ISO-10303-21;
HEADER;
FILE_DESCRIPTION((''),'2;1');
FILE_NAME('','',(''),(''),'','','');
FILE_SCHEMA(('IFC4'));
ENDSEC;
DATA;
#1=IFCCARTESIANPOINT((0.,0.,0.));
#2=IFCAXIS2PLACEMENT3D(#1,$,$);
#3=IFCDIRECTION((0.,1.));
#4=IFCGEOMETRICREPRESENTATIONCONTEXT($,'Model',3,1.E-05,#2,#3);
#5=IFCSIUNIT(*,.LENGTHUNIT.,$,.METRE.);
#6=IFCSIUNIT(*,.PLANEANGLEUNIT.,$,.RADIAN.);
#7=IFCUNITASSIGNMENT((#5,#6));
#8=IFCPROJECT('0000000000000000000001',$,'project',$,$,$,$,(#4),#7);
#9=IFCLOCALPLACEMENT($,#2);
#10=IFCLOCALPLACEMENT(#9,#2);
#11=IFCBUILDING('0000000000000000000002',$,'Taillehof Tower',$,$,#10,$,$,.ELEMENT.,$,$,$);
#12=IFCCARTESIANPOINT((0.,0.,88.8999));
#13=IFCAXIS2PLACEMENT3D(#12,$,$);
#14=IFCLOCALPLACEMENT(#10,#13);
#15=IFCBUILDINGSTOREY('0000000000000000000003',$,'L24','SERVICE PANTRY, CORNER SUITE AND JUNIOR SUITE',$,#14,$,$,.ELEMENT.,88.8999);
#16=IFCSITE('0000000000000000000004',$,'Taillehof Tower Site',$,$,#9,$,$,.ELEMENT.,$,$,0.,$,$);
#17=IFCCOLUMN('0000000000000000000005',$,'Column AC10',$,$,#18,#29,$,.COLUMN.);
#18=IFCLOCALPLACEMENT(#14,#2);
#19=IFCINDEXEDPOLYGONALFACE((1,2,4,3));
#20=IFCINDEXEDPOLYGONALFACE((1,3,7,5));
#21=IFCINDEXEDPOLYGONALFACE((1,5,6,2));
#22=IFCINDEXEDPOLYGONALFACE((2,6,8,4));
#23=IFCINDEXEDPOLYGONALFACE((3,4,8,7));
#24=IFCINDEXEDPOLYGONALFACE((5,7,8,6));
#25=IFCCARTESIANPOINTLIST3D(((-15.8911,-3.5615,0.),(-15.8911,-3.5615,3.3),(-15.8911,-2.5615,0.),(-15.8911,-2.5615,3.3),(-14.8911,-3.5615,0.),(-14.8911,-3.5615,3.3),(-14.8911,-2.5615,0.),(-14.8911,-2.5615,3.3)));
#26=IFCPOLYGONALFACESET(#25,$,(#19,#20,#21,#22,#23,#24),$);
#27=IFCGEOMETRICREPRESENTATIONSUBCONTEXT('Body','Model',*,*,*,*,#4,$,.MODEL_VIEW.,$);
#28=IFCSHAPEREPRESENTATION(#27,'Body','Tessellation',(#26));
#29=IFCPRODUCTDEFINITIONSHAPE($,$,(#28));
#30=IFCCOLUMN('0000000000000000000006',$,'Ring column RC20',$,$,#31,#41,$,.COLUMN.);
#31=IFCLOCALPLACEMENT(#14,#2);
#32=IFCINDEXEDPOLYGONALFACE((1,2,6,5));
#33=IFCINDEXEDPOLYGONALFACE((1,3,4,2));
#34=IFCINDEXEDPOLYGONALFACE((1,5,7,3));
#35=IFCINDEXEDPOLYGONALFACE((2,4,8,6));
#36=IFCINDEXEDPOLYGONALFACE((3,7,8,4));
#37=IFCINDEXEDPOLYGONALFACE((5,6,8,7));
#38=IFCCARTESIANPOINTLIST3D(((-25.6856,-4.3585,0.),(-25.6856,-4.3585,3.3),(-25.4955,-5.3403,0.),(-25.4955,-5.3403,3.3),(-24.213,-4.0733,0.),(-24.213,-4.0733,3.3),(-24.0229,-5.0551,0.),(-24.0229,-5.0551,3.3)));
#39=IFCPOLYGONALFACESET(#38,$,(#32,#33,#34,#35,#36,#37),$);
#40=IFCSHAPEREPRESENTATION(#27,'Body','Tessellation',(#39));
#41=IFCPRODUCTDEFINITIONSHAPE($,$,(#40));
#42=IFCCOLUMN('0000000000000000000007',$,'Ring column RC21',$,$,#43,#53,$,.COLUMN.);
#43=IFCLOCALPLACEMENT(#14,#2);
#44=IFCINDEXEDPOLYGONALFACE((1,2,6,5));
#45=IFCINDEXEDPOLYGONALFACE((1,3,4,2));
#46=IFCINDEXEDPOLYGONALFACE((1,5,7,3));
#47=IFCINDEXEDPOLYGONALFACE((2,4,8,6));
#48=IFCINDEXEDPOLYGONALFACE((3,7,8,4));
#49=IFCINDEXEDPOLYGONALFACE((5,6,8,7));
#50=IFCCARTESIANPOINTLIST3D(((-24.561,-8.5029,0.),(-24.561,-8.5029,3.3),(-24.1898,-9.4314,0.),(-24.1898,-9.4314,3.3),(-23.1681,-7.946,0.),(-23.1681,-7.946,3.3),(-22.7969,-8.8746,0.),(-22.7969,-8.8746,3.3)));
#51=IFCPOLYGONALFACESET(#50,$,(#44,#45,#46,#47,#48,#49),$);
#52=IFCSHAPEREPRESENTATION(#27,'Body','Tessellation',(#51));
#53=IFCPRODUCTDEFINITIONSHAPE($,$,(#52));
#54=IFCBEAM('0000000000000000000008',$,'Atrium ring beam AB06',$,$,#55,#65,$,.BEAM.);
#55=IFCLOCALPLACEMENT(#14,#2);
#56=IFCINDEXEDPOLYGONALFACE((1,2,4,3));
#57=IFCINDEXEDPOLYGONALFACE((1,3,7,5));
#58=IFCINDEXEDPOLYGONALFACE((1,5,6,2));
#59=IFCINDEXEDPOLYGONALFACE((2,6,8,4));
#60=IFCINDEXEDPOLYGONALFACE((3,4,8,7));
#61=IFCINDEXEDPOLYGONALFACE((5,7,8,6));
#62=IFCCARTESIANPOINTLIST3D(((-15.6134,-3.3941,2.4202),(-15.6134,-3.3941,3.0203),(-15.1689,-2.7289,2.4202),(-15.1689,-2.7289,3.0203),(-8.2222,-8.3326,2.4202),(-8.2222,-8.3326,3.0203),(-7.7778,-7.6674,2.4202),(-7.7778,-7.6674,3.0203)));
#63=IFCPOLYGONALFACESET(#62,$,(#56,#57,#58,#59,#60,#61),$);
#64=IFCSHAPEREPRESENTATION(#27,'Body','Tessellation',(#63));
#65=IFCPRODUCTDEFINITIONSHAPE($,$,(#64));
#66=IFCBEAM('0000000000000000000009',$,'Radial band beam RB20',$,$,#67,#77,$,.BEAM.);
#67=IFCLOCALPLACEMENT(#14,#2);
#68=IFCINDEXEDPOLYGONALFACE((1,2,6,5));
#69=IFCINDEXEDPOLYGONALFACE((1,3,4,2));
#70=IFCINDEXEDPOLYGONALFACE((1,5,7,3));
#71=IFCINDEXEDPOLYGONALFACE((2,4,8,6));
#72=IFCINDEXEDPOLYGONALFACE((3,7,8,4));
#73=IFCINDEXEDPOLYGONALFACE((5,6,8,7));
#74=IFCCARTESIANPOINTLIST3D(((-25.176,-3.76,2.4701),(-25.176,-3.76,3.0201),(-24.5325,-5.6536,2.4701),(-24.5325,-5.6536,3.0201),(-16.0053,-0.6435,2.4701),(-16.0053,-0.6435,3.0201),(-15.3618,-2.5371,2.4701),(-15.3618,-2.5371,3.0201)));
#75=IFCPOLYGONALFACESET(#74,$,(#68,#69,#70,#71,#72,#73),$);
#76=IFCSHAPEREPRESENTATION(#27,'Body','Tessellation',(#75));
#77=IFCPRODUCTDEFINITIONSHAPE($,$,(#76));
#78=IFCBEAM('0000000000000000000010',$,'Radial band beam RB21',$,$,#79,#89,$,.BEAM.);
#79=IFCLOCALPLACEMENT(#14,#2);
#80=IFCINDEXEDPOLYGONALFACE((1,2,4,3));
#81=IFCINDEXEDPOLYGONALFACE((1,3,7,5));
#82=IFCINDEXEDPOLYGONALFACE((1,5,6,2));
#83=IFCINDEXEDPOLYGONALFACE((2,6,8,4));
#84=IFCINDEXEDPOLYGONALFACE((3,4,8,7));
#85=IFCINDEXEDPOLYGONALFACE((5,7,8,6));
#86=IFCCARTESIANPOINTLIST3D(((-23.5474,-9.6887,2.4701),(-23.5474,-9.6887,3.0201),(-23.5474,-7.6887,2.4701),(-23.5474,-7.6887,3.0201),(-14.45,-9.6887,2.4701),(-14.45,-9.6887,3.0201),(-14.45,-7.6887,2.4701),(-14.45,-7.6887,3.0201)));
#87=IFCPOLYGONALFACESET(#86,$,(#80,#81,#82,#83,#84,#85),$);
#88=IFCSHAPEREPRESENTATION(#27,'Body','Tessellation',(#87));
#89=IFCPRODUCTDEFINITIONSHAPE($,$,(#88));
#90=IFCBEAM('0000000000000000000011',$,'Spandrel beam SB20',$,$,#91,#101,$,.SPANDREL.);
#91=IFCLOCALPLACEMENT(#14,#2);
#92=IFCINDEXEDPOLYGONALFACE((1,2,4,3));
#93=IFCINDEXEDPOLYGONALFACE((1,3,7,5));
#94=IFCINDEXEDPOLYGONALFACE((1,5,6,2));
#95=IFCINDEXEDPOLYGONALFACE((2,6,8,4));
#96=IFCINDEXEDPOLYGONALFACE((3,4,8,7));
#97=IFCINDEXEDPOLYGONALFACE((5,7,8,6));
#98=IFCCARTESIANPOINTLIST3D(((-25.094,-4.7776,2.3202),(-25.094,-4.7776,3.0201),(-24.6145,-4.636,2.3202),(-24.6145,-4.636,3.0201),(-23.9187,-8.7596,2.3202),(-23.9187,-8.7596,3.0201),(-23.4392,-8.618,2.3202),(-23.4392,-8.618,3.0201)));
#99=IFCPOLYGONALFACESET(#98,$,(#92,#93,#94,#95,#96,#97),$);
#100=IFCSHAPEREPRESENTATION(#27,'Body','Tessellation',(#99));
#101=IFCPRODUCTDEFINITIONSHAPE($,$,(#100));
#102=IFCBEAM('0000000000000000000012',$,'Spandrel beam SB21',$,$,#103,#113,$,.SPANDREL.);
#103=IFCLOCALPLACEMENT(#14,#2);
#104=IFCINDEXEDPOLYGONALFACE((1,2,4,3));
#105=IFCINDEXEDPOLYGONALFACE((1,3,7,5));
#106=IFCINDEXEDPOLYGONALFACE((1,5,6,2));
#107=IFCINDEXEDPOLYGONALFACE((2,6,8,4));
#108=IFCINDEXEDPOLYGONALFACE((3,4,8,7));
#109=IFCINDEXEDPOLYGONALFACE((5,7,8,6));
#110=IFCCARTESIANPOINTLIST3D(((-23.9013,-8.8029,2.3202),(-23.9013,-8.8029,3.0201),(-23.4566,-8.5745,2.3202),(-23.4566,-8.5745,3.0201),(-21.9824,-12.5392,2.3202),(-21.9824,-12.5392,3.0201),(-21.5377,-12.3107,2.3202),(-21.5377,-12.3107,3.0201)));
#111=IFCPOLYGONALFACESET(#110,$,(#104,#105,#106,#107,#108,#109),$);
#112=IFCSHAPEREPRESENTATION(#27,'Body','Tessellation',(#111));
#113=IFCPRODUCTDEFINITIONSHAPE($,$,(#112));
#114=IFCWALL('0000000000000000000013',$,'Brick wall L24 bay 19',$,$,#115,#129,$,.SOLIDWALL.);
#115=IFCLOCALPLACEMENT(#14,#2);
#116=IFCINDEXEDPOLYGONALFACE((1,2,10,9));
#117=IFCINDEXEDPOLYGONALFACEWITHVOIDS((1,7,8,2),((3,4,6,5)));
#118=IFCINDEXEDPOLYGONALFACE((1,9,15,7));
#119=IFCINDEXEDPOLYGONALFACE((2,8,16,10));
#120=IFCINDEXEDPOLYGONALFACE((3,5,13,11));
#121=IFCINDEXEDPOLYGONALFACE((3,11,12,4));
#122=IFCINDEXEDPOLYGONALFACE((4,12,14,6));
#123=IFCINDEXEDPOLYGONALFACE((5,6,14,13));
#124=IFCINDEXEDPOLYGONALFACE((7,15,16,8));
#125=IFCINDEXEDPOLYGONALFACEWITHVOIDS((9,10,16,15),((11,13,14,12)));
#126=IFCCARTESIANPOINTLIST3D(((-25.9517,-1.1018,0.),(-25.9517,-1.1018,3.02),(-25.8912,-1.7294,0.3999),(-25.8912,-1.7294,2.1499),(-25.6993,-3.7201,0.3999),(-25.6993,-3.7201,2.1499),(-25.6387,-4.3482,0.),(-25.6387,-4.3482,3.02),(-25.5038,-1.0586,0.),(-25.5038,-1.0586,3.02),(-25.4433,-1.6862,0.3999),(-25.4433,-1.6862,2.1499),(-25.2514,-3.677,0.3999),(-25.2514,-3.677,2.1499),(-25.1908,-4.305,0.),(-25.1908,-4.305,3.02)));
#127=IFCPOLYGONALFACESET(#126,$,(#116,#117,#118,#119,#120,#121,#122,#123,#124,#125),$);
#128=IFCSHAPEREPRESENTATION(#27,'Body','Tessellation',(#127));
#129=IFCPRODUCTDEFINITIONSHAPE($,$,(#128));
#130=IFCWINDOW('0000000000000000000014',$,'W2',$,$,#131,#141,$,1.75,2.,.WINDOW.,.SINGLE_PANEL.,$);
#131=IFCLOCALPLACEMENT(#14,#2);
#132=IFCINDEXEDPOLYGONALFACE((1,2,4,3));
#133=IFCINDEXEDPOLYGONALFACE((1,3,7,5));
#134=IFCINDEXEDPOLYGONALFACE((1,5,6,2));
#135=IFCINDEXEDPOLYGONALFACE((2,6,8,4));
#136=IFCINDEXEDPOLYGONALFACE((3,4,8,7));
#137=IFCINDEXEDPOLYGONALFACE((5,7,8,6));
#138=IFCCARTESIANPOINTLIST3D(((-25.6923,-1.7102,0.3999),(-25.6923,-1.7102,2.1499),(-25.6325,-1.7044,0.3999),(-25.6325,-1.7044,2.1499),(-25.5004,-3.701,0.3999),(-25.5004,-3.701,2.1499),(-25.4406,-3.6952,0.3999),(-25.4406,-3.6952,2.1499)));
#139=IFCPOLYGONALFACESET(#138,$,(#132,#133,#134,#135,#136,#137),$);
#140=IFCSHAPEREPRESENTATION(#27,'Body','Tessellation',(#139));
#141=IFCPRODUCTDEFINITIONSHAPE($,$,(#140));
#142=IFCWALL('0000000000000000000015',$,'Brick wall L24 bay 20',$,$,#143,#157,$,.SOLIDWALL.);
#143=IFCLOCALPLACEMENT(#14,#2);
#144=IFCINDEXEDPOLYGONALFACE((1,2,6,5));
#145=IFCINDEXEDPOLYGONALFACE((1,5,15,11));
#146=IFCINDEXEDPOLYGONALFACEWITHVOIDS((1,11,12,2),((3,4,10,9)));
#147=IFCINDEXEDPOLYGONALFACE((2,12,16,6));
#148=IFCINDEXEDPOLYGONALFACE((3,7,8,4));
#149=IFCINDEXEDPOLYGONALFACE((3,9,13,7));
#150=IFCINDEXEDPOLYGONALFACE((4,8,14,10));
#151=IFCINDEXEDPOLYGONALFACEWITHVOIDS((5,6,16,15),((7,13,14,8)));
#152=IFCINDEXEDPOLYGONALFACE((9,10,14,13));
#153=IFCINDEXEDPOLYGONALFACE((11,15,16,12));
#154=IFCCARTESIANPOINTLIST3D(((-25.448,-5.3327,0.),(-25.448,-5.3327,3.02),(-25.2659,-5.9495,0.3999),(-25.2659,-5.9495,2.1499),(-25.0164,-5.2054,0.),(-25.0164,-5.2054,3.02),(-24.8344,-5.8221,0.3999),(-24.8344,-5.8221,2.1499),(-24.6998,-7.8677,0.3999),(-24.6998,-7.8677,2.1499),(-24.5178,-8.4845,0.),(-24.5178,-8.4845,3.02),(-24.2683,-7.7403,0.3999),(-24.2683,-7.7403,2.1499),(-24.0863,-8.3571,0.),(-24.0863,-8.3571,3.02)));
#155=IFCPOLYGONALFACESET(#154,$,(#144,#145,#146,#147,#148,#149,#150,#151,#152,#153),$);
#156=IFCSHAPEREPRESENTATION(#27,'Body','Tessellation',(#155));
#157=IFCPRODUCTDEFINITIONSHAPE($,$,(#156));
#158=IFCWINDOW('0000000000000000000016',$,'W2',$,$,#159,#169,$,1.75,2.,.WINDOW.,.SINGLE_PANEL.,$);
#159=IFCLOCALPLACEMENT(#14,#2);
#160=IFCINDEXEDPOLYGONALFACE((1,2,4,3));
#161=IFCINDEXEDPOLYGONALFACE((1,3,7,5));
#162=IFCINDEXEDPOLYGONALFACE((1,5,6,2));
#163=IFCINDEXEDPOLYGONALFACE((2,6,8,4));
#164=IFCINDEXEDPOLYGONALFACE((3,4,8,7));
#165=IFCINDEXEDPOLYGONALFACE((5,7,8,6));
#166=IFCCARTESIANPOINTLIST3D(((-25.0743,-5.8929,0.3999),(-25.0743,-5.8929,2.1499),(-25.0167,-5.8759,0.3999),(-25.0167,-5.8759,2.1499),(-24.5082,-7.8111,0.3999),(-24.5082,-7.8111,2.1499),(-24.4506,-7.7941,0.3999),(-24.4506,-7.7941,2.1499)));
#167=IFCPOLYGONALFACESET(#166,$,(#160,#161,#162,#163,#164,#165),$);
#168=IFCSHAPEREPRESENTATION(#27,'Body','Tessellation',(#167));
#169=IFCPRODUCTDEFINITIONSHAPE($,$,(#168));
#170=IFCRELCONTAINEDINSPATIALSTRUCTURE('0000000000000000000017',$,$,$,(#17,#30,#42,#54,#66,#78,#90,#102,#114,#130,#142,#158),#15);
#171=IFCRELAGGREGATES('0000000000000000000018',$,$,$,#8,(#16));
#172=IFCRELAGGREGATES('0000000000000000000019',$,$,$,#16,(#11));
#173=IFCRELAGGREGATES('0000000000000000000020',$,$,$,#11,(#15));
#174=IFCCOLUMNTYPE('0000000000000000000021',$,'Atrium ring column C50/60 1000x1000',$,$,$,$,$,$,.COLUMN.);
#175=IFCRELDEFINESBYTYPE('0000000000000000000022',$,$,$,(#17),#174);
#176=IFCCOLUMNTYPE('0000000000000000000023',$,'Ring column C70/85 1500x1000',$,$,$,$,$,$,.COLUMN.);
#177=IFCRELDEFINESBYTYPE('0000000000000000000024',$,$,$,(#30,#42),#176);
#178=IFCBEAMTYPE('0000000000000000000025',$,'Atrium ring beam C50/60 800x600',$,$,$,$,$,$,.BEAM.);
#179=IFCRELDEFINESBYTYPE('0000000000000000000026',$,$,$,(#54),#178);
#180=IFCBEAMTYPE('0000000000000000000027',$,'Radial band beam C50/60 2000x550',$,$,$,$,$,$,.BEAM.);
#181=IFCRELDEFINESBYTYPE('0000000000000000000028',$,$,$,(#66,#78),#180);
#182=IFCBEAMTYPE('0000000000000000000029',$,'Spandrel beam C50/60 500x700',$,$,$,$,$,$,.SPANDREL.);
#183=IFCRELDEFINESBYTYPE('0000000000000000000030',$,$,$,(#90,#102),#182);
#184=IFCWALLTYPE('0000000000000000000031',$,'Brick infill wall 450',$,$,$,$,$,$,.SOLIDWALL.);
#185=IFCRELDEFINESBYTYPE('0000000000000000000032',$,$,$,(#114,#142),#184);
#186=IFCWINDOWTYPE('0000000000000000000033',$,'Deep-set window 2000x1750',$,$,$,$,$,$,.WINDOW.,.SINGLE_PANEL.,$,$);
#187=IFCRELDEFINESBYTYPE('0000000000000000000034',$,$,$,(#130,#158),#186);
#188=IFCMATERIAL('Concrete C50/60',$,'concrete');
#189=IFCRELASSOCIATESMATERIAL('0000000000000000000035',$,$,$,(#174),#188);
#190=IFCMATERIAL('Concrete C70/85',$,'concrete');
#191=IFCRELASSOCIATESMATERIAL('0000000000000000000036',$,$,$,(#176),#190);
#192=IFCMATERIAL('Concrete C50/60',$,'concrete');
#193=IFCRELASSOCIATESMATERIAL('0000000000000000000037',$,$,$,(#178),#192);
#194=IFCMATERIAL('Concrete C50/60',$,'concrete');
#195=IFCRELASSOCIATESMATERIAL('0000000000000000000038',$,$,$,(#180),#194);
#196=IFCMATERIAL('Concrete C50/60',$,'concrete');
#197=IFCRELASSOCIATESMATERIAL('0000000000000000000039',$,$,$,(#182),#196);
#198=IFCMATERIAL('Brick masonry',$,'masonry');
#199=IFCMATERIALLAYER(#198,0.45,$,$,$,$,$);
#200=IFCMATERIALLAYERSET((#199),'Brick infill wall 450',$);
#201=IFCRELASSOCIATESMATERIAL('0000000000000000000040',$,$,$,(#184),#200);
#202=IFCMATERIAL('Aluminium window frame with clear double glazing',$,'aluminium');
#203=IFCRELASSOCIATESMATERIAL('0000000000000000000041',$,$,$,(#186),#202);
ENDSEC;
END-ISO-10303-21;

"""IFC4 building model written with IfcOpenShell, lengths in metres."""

from ifc_helpers import new_model, si_unit, direction, frame, frame_2d, origin, origin_2d, place, context, subcontext, project, spatial, rectangle, extrude, material, layer, layer_set, material_profile, profile_set, type_object, element, fill, save


model = new_model("IFC4")

# Units and contexts
model_context = context("Model", 3, precision=1e-05, world=origin(), true_north=direction((0.0, 1.0)))
body_context = subcontext(model_context, "Body", "Model", "MODEL_VIEW")
ifc_project = project(units=[si_unit("LENGTHUNIT", "METRE"), si_unit("PLANEANGLEUNIT", "RADIAN")], contexts=[model_context])

# Site, building, storey
site_placement = place(None, origin())
site = spatial("IfcSite", under=ifc_project, at=site_placement, Name="Taillehof Tower Site", CompositionType="ELEMENT", RefElevation=0.0)
building_placement = place(site_placement, origin())
building = spatial("IfcBuilding", under=site, at=building_placement, Name="Taillehof Tower", CompositionType="ELEMENT")
storey_placement = place(building_placement, frame((0.0, 0.0, 88.8999)))
storey = spatial("IfcBuildingStorey", under=building, at=storey_placement, Name="L24", Description="SERVICE PANTRY, CORNER SUITE AND JUNIOR SUITE", CompositionType="ELEMENT", Elevation=88.8999)

# Columns
ifc_material_1 = material(Name="Concrete C50/60", Category="concrete")
ifc_material_profile_1 = material_profile(ifc_material_1, rectangle(XDim=1.0, YDim=1.0, at=origin_2d()), Name="RC 1000x1000")
ifc_profile_set_1 = profile_set([ifc_material_profile_1], Name="Concrete C50/60")
column_type_1 = type_object("IfcColumnType", Name="Atrium ring column C50/60 1000x1000", PredefinedType="COLUMN", material=ifc_profile_set_1)
column_placement = place(storey_placement, frame((-15.3911, -3.0615, 0.0), z_axis=(0.0, 0.0, 1.0), x_axis=(1.0, 0.0, 0.0)))
element("IfcColumn", 1, at=column_placement, inside=storey, type_object=column_type_1, Name="Column AC10", PredefinedType="COLUMN", context=body_context, shape_type="SweptSolid", body=[
    extrude(rectangle(XDim=1.0, YDim=1.0, at=origin_2d()), origin(), (0.0, 0.0, 1.0), 3.3),
])
ifc_material_2 = material(Name="Concrete C70/85", Category="concrete")
ifc_material_profile_2 = material_profile(ifc_material_2, rectangle(XDim=1.5, YDim=1.0, at=origin_2d()), Name="RC 1500x1000")
ifc_profile_set_2 = profile_set([ifc_material_profile_2], Name="Concrete C70/85")
column_type_2 = type_object("IfcColumnType", Name="Ring column C70/85 1500x1000", PredefinedType="COLUMN", material=ifc_profile_set_2)
for number, where, z_axis, x_axis, name in (
    (2, (-24.8542, -4.7068, 0.0), (0.0, 0.0, 1.0), (-0.981757, -0.190138, 0.0), "Ring column RC20"),
    (3, (-23.679, -8.6887, 0.0), (0.0, 0.0, 1.0), (-0.92855, -0.371207, 0.0), "Ring column RC21"),
):
    element("IfcColumn", number, at=place(storey_placement, frame(where, z_axis=z_axis, x_axis=x_axis)), inside=storey, type_object=column_type_2, Name=name, PredefinedType="COLUMN", context=body_context, shape_type="SweptSolid", body=[
        extrude(rectangle(XDim=1.5, YDim=1.0, at=origin_2d()), origin(), (0.0, 0.0, 1.0), 3.3),
    ])

# Beams
ifc_material_3 = material(Name="Concrete C50/60", Category="concrete")
ifc_material_profile_3 = material_profile(ifc_material_3, rectangle(XDim=0.8, YDim=0.6001, at=origin_2d()), Name="RC 800x600")
ifc_profile_set_3 = profile_set([ifc_material_profile_3], Name="Concrete C50/60")
beam_type_1 = type_object("IfcBeamType", Name="Atrium ring beam C50/60 800x600", PredefinedType="BEAM", material=ifc_profile_set_3)
beam_1_placement = place(storey_placement, frame((-15.3911, -3.0615, 2.7202), z_axis=(0.831475, -0.555562, 0.0), x_axis=(0.555562, 0.831475, 0.0)))
element("IfcBeam", 4, at=beam_1_placement, inside=storey, type_object=beam_type_1, Name="Atrium ring beam AB06", PredefinedType="BEAM", context=body_context, shape_type="SweptSolid", body=[
    extrude(rectangle(XDim=0.8, YDim=0.6001, at=origin_2d()), origin(), (0.0, 0.0, 1.0), 8.8892),
])
ifc_material_4 = material(Name="Concrete C50/60", Category="concrete")
ifc_material_profile_4 = material_profile(ifc_material_4, rectangle(XDim=2.0, YDim=0.55, at=origin_2d()), Name="RC 2000x550")
ifc_profile_set_4 = profile_set([ifc_material_profile_4], Name="Concrete C50/60")
beam_type_2 = type_object("IfcBeamType", Name="Radial band beam C50/60 2000x550", PredefinedType="BEAM", material=ifc_profile_set_4)
beam_2_placement = place(storey_placement, frame((-24.8542, -4.7068, 2.7451), z_axis=(0.946822, 0.321758, 0.0), x_axis=(-0.321758, 0.946822, 0.0)))
element("IfcBeam", 5, at=beam_2_placement, inside=storey, type_object=beam_type_2, Name="Radial band beam RB20", PredefinedType="BEAM", context=body_context, shape_type="SweptSolid", body=[
    extrude(rectangle(XDim=2.0, YDim=0.55, at=origin_2d()), origin(), (0.0, 0.0, 1.0), 9.6858),
])
beam_3_placement = place(storey_placement, frame((-23.5474, -8.6887, 2.7451), z_axis=(1.0, 0.0, 0.0), x_axis=(0.0, 1.0, 0.0)))
element("IfcBeam", 6, at=beam_3_placement, inside=storey, type_object=beam_type_2, Name="Radial band beam RB21", PredefinedType="BEAM", context=body_context, shape_type="SweptSolid", body=[
    extrude(rectangle(XDim=2.0, YDim=0.55, at=origin_2d()), origin(), (0.0, 0.0, 1.0), 9.0974),
])
ifc_material_5 = material(Name="Concrete C50/60", Category="concrete")
ifc_material_profile_5 = material_profile(ifc_material_5, rectangle(XDim=0.5, YDim=0.7, at=origin_2d()), Name="RC 500x700")
ifc_profile_set_5 = profile_set([ifc_material_profile_5], Name="Concrete C50/60")
beam_type_3 = type_object("IfcBeamType", Name="Spandrel beam C50/60 500x700", PredefinedType="SPANDREL", material=ifc_profile_set_5)
beam_4_placement = place(storey_placement, frame((-24.8542, -4.7068, 2.6702), z_axis=(0.283083, -0.959095, 0.0), x_axis=(0.959095, 0.283083, 0.0)))
element("IfcBeam", 7, at=beam_4_placement, inside=storey, type_object=beam_type_3, Name="Spandrel beam SB20", PredefinedType="SPANDREL", context=body_context, shape_type="SweptSolid", body=[
    extrude(rectangle(XDim=0.5, YDim=0.7, at=origin_2d()), origin(), (0.0, 0.0, 1.0), 4.1519),
])
beam_5_placement = place(storey_placement, frame((-23.679, -8.6887, 2.6702), z_axis=(0.456859, -0.889539, 0.0), x_axis=(0.889539, 0.456859, 0.0)))
element("IfcBeam", 8, at=beam_5_placement, inside=storey, type_object=beam_type_3, Name="Spandrel beam SB21", PredefinedType="SPANDREL", context=body_context, shape_type="SweptSolid", body=[
    extrude(rectangle(XDim=0.5, YDim=0.7, at=origin_2d()), origin(), (0.0, 0.0, 1.0), 4.2002),
])

# Walls, openings, windows
ifc_material_6 = material(Name="Brick masonry", Category="masonry")
ifc_layer_1 = layer(ifc_material_6, 0.45)
ifc_layer_set_1 = layer_set([ifc_layer_1], Name="Brick infill wall 450")
wall_type_1 = type_object("IfcWallType", Name="Brick infill wall 450", PredefinedType="SOLIDWALL", material=ifc_layer_set_1)
wall_1_placement = place(storey_placement, frame((-25.7278, -1.0801, 0.0), z_axis=(0.0, 0.0, 1.0), x_axis=(0.095968, -0.995384, 0.0)))
wall_1 = element("IfcWall", 9, at=wall_1_placement, inside=storey, type_object=wall_type_1, Name="Brick wall L24 bay 19", PredefinedType="SOLIDWALL", context=body_context, shape_type="SweptSolid", body=[
    extrude(rectangle(XDim=3.2615, YDim=0.45, at=frame_2d((1.6309, 0.0))), origin(), (0.0, 0.0, 1.0), 3.02),
])
opening_1_placement = place(wall_1_placement, frame((0.6306, 0.0, 0.3999)))
opening_1 = element("IfcOpeningElement", 10, at=opening_1_placement, cuts=wall_1, PredefinedType="OPENING", context=body_context, shape_type="SweptSolid", body=[
    extrude(rectangle(XDim=2.0, YDim=1.75, at=frame_2d((1.0, 0.875))), frame((0.0, 0.2349, 0.0), z_axis=(0.0, -1.0, 0.0), x_axis=(1.0, 0.0, 0.0)), (0.0, 0.0, 1.0), 0.47),
])
ifc_material_7 = material(Name="Aluminium window frame with clear double glazing", Category="aluminium")
window_type_1 = type_object("IfcWindowType", Name="Deep-set window 2000x1750", PartitioningType="SINGLE_PANEL", PredefinedType="WINDOW", material=ifc_material_7)
window_1_placement = place(opening_1_placement, origin())
window_1 = element("IfcWindow", 11, at=window_1_placement, inside=storey, type_object=window_type_1, Name="W2", OverallHeight=1.75, OverallWidth=2.0, PartitioningType="SINGLE_PANEL", PredefinedType="WINDOW", context=body_context, shape_type="SweptSolid", body=[
    extrude(rectangle(XDim=2.0, YDim=1.75, at=frame_2d((1.0, 0.875))), frame((0.0, 0.0349, 0.0), z_axis=(0.0, -1.0, 0.0), x_axis=(1.0, 0.0, 0.0)), (0.0, 0.0, 1.0), 0.0601),
])
fill(opening_1, window_1)
wall_2_placement = place(storey_placement, frame((-25.2322, -5.269, 0.0), z_axis=(0.0, 0.0, 1.0), x_axis=(0.283051, -0.959105, 0.0)))
wall_2 = element("IfcWall", 12, at=wall_2_placement, inside=storey, type_object=wall_type_1, Name="Brick wall L24 bay 20", PredefinedType="SOLIDWALL", context=body_context, shape_type="SweptSolid", body=[
    extrude(rectangle(XDim=3.2861, YDim=0.45, at=frame_2d((1.6431, 0.0))), origin(), (0.0, 0.0, 1.0), 3.02),
])
opening_2_placement = place(wall_2_placement, frame((0.6431, 0.0, 0.3999)))
opening_2 = element("IfcOpeningElement", 13, at=opening_2_placement, cuts=wall_2, PredefinedType="OPENING", context=body_context, shape_type="SweptSolid", body=[
    extrude(rectangle(XDim=2.0, YDim=1.75, at=frame_2d((1.0, 0.875))), frame((0.0, 0.2349, 0.0), z_axis=(0.0, -1.0, 0.0), x_axis=(1.0, 0.0, 0.0)), (0.0, 0.0, 1.0), 0.47),
])
window_2_placement = place(opening_2_placement, origin())
window_2 = element("IfcWindow", 14, at=window_2_placement, inside=storey, type_object=window_type_1, Name="W2", OverallHeight=1.75, OverallWidth=2.0, PartitioningType="SINGLE_PANEL", PredefinedType="WINDOW", context=body_context, shape_type="SweptSolid", body=[
    extrude(rectangle(XDim=2.0, YDim=1.75, at=frame_2d((1.0, 0.875))), frame((0.0, 0.0349, 0.0), z_axis=(0.0, -1.0, 0.0), x_axis=(1.0, 0.0, 0.0)), (0.0, 0.0, 1.0), 0.0601),
])
fill(opening_2, window_2)

save(model, "model.ifc")
